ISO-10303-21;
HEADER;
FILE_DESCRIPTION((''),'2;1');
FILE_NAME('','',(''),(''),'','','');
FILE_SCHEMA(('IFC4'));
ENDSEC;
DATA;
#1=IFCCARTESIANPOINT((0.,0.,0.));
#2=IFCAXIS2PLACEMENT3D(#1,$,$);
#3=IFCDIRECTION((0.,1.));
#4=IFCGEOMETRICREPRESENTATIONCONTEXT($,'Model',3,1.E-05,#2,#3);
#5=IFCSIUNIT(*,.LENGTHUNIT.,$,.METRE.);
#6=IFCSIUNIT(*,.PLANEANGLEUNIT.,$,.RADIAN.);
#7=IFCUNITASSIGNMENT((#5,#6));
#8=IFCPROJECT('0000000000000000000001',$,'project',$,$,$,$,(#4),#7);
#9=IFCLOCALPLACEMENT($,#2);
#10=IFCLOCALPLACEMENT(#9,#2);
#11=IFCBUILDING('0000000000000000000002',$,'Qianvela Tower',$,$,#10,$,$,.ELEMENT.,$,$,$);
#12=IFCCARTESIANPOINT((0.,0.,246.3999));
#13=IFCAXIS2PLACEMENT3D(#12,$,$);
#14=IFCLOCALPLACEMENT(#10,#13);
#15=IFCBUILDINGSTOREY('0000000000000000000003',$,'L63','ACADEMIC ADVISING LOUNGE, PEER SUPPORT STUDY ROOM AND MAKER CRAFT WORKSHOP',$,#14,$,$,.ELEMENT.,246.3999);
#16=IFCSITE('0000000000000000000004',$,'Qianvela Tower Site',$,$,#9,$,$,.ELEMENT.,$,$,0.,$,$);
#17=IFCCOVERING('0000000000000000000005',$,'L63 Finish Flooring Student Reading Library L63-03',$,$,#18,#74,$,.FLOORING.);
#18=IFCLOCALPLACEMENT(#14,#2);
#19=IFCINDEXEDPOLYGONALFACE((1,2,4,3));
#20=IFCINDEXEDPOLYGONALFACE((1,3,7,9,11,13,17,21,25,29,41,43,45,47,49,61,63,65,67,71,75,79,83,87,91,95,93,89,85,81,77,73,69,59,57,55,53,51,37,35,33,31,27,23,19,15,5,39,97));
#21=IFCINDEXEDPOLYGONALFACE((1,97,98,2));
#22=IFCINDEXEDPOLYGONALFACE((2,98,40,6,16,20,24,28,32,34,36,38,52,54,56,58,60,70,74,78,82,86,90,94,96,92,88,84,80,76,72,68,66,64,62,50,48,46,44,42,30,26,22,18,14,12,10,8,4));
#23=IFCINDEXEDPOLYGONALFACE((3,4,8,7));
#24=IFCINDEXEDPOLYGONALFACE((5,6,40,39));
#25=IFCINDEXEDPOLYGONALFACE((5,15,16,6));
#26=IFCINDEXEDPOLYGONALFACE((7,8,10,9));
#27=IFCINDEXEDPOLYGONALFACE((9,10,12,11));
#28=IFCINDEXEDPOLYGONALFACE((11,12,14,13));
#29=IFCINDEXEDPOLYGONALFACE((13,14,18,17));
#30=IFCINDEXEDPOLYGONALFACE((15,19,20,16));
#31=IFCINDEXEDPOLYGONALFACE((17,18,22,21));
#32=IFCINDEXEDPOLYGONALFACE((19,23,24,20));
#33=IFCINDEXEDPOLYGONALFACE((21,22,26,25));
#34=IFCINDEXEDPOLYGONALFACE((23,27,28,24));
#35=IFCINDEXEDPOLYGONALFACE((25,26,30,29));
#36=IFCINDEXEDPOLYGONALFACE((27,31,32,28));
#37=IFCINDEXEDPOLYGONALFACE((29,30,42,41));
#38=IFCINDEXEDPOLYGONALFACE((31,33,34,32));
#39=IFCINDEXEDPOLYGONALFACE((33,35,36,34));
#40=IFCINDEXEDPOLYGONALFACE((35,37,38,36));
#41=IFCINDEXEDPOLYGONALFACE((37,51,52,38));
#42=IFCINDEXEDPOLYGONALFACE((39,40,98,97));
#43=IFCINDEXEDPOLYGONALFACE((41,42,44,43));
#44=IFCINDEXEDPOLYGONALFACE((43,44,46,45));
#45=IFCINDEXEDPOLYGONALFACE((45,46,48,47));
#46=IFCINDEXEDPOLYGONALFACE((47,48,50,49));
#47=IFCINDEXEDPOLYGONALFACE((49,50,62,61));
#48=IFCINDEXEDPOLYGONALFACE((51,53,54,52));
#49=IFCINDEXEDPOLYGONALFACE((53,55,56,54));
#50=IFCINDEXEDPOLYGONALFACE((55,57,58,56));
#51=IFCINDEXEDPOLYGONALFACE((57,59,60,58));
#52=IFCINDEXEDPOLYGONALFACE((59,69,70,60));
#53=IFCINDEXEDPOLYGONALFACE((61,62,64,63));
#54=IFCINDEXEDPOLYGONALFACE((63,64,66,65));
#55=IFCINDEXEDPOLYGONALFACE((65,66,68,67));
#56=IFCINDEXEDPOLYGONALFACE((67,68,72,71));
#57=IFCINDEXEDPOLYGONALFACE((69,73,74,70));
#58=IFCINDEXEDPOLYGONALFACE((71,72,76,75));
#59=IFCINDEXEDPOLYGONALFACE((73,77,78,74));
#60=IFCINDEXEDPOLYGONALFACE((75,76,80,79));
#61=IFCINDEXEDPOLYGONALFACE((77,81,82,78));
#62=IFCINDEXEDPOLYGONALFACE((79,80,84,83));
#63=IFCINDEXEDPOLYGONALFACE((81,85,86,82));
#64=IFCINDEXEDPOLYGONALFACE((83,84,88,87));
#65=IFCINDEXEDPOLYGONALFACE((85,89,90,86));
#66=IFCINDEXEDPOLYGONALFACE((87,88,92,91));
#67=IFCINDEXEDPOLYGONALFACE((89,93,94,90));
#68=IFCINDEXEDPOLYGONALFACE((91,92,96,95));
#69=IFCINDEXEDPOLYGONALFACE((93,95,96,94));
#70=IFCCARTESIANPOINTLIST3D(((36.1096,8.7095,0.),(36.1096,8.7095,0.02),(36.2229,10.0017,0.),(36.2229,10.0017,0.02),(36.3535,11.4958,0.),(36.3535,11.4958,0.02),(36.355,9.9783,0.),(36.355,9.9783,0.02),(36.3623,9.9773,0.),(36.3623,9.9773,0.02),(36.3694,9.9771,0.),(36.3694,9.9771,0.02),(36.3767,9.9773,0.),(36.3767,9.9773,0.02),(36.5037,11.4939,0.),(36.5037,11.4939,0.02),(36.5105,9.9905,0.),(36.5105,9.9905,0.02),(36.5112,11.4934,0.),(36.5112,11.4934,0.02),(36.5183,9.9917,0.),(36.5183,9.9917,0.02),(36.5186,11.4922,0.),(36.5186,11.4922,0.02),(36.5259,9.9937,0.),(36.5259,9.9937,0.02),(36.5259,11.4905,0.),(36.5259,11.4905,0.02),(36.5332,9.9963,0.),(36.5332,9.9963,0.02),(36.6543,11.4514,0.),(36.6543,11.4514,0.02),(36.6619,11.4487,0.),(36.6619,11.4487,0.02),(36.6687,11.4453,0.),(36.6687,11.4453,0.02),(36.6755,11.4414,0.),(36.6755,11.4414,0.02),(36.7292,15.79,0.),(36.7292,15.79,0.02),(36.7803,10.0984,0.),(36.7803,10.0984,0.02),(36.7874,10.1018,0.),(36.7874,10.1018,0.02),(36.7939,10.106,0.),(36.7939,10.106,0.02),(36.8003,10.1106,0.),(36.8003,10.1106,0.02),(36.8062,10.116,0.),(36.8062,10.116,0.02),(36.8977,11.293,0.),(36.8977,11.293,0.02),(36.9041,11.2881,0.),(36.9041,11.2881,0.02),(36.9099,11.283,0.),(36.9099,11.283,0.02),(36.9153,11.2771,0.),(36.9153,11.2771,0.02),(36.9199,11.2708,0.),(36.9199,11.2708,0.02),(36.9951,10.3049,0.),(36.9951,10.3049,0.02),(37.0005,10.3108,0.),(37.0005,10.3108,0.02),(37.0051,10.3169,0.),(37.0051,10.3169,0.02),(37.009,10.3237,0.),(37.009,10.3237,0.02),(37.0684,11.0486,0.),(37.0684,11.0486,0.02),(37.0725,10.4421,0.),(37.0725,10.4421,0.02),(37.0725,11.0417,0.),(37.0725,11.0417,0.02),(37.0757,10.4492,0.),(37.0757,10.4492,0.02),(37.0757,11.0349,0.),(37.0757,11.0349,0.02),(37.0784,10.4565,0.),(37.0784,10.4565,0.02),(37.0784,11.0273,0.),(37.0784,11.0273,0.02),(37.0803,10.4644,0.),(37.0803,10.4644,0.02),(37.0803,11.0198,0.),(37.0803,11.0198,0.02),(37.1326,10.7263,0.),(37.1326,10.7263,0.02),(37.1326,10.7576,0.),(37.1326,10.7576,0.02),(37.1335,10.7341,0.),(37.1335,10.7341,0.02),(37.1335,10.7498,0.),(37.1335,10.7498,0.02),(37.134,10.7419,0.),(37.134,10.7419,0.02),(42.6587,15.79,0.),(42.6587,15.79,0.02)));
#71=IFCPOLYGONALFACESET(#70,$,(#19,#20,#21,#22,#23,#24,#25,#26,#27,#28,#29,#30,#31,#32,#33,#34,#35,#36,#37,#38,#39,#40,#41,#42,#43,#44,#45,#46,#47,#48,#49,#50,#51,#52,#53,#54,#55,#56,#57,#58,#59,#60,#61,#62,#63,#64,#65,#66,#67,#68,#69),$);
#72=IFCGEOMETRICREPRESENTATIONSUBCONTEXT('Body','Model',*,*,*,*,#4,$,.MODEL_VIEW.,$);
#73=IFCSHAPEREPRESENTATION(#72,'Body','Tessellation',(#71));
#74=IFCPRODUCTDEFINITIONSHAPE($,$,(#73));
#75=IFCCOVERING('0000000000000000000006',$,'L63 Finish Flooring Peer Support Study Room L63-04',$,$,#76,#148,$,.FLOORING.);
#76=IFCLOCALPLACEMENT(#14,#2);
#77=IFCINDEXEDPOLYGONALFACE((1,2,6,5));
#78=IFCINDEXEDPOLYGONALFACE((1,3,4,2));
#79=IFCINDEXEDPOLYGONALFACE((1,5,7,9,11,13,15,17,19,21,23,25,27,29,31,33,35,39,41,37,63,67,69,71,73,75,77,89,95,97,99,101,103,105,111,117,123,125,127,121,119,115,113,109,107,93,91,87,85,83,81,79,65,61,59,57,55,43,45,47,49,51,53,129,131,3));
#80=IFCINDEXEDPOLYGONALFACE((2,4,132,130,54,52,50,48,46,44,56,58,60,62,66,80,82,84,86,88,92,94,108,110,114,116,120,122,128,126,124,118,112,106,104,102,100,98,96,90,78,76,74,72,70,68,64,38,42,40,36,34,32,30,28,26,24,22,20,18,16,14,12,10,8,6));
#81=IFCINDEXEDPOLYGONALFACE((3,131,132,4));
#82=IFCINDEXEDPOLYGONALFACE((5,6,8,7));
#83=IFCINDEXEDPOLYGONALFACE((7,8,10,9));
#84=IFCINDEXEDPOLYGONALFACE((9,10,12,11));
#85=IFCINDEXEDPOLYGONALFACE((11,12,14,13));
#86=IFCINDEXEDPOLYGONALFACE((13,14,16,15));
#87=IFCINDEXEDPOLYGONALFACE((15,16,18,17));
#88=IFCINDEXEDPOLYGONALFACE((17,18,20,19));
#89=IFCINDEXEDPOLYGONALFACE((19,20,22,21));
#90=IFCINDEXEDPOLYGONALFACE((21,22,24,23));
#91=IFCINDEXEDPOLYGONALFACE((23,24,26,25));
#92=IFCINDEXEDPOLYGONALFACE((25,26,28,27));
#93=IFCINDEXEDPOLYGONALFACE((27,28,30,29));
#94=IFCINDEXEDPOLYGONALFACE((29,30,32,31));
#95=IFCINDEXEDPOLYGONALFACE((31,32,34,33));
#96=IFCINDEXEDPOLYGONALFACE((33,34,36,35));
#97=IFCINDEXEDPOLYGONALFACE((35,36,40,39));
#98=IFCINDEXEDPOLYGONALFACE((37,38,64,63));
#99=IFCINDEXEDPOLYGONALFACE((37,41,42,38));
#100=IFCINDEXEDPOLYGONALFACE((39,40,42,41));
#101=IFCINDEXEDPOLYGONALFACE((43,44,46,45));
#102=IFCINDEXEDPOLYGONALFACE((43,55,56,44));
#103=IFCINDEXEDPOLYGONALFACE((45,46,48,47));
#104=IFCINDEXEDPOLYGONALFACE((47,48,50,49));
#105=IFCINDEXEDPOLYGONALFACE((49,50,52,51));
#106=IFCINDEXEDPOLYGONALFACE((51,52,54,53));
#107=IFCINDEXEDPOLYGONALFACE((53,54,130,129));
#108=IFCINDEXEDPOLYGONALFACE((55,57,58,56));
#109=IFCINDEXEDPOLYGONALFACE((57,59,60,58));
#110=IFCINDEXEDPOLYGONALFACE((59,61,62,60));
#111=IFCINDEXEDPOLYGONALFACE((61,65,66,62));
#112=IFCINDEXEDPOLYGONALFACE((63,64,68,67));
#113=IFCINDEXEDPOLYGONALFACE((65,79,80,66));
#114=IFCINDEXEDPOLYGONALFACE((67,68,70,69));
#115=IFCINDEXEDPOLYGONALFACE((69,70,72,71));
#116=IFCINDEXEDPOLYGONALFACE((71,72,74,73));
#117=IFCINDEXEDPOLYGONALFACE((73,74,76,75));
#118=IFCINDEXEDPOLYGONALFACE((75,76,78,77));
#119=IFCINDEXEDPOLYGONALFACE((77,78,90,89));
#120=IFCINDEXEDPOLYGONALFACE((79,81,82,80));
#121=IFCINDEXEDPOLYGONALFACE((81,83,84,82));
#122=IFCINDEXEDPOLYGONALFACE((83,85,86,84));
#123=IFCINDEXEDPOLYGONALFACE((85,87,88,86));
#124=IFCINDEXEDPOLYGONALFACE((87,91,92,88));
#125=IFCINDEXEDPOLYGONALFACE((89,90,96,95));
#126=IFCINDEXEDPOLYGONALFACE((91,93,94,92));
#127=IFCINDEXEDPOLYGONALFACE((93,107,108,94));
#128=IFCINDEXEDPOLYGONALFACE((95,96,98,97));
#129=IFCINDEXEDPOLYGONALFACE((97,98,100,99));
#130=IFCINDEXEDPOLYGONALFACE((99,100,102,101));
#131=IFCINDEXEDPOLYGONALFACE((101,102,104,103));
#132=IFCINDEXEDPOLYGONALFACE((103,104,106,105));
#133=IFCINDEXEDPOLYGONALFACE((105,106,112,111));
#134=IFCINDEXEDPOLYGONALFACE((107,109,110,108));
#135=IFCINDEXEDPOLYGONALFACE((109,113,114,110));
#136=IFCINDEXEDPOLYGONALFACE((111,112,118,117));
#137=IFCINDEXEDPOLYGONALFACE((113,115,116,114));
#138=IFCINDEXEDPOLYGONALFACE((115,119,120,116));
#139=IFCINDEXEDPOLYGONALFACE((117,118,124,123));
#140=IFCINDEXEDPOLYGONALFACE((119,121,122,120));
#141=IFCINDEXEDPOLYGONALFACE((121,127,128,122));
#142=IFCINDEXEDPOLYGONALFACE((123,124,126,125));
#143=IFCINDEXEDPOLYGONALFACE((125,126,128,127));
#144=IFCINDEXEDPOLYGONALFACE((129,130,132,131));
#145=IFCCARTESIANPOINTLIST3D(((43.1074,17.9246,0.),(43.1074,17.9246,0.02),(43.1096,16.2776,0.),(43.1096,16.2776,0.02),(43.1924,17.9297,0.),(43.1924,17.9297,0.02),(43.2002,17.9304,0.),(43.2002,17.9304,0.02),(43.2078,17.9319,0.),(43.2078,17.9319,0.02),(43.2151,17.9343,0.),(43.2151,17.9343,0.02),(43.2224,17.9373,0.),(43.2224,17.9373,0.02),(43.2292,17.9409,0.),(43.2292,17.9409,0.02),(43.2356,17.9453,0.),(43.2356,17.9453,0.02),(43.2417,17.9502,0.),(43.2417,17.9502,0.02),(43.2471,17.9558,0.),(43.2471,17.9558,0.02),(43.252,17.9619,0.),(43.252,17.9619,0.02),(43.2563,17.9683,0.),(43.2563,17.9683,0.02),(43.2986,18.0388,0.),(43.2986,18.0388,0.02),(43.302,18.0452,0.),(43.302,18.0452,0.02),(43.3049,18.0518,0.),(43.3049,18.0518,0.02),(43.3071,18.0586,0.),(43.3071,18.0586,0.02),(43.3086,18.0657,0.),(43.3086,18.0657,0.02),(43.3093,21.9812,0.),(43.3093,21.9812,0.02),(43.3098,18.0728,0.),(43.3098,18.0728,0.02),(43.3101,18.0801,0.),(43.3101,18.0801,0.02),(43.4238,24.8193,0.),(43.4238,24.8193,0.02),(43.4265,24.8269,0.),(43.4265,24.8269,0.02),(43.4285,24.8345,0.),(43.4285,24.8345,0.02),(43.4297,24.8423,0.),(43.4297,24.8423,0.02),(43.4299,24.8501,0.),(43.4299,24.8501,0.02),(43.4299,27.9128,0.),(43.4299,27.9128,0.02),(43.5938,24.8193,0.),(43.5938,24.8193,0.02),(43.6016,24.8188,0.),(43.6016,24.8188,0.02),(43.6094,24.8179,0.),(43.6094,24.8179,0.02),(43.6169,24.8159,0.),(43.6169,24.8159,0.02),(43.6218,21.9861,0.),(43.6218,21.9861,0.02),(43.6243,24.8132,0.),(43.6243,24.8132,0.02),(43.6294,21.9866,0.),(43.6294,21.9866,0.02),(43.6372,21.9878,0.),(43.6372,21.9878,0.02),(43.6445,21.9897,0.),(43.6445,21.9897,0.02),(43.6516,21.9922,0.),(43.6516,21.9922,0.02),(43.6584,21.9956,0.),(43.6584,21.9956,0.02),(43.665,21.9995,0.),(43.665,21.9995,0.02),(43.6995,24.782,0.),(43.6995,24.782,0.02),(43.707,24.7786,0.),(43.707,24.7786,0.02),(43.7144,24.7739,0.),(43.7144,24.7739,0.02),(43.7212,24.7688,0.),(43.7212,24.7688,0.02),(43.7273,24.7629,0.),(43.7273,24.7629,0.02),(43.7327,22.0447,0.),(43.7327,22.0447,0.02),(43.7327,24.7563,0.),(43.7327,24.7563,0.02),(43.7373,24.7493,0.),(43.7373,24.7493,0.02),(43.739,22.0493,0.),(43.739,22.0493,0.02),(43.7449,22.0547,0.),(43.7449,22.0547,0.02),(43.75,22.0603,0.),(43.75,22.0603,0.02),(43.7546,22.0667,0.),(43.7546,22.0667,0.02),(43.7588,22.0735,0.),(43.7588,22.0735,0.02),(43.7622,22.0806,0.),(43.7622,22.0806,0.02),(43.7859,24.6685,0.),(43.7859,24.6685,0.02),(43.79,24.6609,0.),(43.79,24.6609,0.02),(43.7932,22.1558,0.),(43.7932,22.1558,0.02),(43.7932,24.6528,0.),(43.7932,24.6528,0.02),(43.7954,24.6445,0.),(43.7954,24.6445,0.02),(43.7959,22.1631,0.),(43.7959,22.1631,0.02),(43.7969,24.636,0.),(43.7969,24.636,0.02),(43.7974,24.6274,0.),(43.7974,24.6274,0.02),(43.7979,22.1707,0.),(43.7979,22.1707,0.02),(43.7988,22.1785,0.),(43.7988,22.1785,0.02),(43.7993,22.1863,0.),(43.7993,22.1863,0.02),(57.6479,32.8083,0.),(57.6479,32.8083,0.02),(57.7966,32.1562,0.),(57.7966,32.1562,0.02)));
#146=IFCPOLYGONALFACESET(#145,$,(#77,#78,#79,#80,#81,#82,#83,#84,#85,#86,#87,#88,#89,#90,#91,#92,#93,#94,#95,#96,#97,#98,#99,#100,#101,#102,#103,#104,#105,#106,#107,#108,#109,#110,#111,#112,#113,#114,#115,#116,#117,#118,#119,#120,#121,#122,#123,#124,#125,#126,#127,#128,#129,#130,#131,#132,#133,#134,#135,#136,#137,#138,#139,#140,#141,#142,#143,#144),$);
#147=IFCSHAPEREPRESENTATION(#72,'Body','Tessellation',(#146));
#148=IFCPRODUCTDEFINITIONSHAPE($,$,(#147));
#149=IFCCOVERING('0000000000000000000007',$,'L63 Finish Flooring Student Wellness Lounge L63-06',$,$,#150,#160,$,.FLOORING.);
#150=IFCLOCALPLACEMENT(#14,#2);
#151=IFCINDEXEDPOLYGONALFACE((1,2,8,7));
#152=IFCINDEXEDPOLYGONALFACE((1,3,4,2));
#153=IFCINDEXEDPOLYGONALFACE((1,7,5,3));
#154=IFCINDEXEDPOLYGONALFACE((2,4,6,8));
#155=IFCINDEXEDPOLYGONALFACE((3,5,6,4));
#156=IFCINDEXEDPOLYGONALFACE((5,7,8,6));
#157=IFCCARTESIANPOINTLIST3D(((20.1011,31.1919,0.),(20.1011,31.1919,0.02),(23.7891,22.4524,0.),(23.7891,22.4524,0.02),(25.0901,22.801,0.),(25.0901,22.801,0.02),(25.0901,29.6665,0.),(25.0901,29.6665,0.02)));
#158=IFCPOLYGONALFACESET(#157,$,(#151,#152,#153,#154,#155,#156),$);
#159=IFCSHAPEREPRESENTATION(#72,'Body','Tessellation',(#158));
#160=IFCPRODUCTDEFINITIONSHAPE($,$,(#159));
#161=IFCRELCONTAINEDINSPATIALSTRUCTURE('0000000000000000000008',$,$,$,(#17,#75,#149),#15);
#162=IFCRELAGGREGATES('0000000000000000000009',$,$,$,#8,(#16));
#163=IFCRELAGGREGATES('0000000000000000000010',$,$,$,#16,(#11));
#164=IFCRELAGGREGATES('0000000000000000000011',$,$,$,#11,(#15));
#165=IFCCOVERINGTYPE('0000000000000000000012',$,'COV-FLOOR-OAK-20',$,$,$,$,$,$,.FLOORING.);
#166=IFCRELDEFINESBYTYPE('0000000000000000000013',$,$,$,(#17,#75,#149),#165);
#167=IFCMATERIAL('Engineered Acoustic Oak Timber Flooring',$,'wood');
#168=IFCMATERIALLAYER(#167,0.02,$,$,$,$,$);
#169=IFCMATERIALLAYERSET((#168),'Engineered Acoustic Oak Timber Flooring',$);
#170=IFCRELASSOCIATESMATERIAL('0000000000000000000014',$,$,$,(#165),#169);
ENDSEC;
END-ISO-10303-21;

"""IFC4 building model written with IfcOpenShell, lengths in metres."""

from ifc_helpers import new_model, si_unit, direction, frame, origin, place, context, subcontext, project, spatial, polyline, outline, extrude, material, layer, layer_set, type_object, element, save


model = new_model("IFC4")

# Units and contexts
model_context = context("Model", 3, precision=1e-05, world=origin(), true_north=direction((0.0, 1.0)))
body_context = subcontext(model_context, "Body", "Model", "MODEL_VIEW")
ifc_project = project(units=[si_unit("LENGTHUNIT", "METRE"), si_unit("PLANEANGLEUNIT", "RADIAN")], contexts=[model_context])

# Site, building, storey
site_placement = place(None, origin())
site = spatial("IfcSite", under=ifc_project, at=site_placement, Name="Qianvela Tower Site", CompositionType="ELEMENT", RefElevation=0.0)
building_placement = place(site_placement, origin())
building = spatial("IfcBuilding", under=site, at=building_placement, Name="Qianvela Tower", CompositionType="ELEMENT")
storey_placement = place(building_placement, frame((0.0, 0.0, 246.3999)))
storey = spatial("IfcBuildingStorey", under=building, at=storey_placement, Name="L63", Description="ACADEMIC ADVISING LOUNGE, PEER SUPPORT STUDY ROOM AND MAKER CRAFT WORKSHOP", CompositionType="ELEMENT", Elevation=246.3999)

# Coverings
ifc_material_1 = material(Name="Engineered Acoustic Oak Timber Flooring", Category="wood")
ifc_layer_1 = layer(ifc_material_1, 0.02)
ifc_layer_set_1 = layer_set([ifc_layer_1], Name="Engineered Acoustic Oak Timber Flooring")
covering_type_1 = type_object("IfcCoveringType", Name="COV-FLOOR-OAK-20", PredefinedType="FLOORING", material=ifc_layer_set_1)
covering_1_placement = place(storey_placement, origin())
element("IfcCovering", 1, at=covering_1_placement, inside=storey, type_object=covering_type_1, Name="L63 Finish Flooring Student Reading Library L63-03", PredefinedType="FLOORING", context=body_context, shape_type="SweptSolid", body=[
    extrude(outline(polyline([(36.2229, 10.0017), (36.355, 9.9783), (36.3623, 9.9773), (36.3694, 9.9771), (36.3767, 9.9773), (36.5105, 9.9905), (36.5183, 9.9917), (36.5259, 9.9937), (36.5332, 9.9963), (36.7803, 10.0984), (36.7874, 10.1018), (36.7939, 10.106), (36.8003, 10.1106), (36.8062, 10.116), (36.9951, 10.3049), (37.0005, 10.3108), (37.0051, 10.3169), (37.009, 10.3237), (37.0725, 10.4421), (37.0757, 10.4492), (37.0784, 10.4565), (37.0803, 10.4644), (37.1326, 10.7263), (37.1335, 10.7341), (37.134, 10.7419), (37.1335, 10.7498), (37.1326, 10.7576), (37.0803, 11.0198), (37.0784, 11.0273), (37.0757, 11.0349), (37.0725, 11.0417), (37.0684, 11.0486), (36.9199, 11.2708), (36.9153, 11.2771), (36.9099, 11.283), (36.9041, 11.2881), (36.8977, 11.293), (36.6755, 11.4414), (36.6687, 11.4453), (36.6619, 11.4487), (36.6543, 11.4514), (36.5259, 11.4905), (36.5186, 11.4922), (36.5112, 11.4934), (36.5037, 11.4939), (36.3535, 11.4958), (36.7292, 15.79), (42.6587, 15.79), (36.1096, 8.7095), (36.2229, 10.0017)])), origin(), (0.0, 0.0, 1.0), 0.02),
])
covering_2_placement = place(storey_placement, origin())
element("IfcCovering", 2, at=covering_2_placement, inside=storey, type_object=covering_type_1, Name="L63 Finish Flooring Peer Support Study Room L63-04", PredefinedType="FLOORING", context=body_context, shape_type="SweptSolid", body=[
    extrude(outline(polyline([(43.1074, 17.9246), (43.1924, 17.9297), (43.2002, 17.9304), (43.2078, 17.9319), (43.2151, 17.9343), (43.2224, 17.9373), (43.2292, 17.9409), (43.2356, 17.9453), (43.2417, 17.9502), (43.2471, 17.9558), (43.252, 17.9619), (43.2563, 17.9683), (43.2986, 18.0388), (43.302, 18.0452), (43.3049, 18.0518), (43.3071, 18.0586), (43.3086, 18.0657), (43.3098, 18.0728), (43.3101, 18.0801), (43.3093, 21.9812), (43.6218, 21.9861), (43.6294, 21.9866), (43.6372, 21.9878), (43.6445, 21.9897), (43.6516, 21.9922), (43.6584, 21.9956), (43.665, 21.9995), (43.7327, 22.0447), (43.739, 22.0493), (43.7449, 22.0547), (43.75, 22.0603), (43.7546, 22.0667), (43.7588, 22.0735), (43.7622, 22.0806), (43.7932, 22.1558), (43.7959, 22.1631), (43.7979, 22.1707), (43.7988, 22.1785), (43.7993, 22.1863), (43.7974, 24.6274), (43.7969, 24.636), (43.7954, 24.6445), (43.7932, 24.6528), (43.79, 24.6609), (43.7859, 24.6685), (43.7373, 24.7493), (43.7327, 24.7563), (43.7273, 24.7629), (43.7212, 24.7688), (43.7144, 24.7739), (43.707, 24.7786), (43.6995, 24.782), (43.6243, 24.8132), (43.6169, 24.8159), (43.6094, 24.8179), (43.6016, 24.8188), (43.5938, 24.8193), (43.4238, 24.8193), (43.4238, 24.8193), (43.4265, 24.8269), (43.4285, 24.8345), (43.4297, 24.8423), (43.4299, 24.8501), (43.4299, 27.9128), (57.6479, 32.8083), (57.7966, 32.1562), (43.1096, 16.2776), (43.1074, 17.9246)])), origin(), (0.0, 0.0, 1.0), 0.02),
])
covering_3_placement = place(storey_placement, origin())
element("IfcCovering", 3, at=covering_3_placement, inside=storey, type_object=covering_type_1, Name="L63 Finish Flooring Student Wellness Lounge L63-06", PredefinedType="FLOORING", context=body_context, shape_type="SweptSolid", body=[
    extrude(outline(polyline([(23.7891, 22.4524), (20.1011, 31.1919), (25.0901, 29.6665), (25.0901, 22.801), (23.7891, 22.4524)])), origin(), (0.0, 0.0, 1.0), 0.02),
])

save(model, "model.ifc")
